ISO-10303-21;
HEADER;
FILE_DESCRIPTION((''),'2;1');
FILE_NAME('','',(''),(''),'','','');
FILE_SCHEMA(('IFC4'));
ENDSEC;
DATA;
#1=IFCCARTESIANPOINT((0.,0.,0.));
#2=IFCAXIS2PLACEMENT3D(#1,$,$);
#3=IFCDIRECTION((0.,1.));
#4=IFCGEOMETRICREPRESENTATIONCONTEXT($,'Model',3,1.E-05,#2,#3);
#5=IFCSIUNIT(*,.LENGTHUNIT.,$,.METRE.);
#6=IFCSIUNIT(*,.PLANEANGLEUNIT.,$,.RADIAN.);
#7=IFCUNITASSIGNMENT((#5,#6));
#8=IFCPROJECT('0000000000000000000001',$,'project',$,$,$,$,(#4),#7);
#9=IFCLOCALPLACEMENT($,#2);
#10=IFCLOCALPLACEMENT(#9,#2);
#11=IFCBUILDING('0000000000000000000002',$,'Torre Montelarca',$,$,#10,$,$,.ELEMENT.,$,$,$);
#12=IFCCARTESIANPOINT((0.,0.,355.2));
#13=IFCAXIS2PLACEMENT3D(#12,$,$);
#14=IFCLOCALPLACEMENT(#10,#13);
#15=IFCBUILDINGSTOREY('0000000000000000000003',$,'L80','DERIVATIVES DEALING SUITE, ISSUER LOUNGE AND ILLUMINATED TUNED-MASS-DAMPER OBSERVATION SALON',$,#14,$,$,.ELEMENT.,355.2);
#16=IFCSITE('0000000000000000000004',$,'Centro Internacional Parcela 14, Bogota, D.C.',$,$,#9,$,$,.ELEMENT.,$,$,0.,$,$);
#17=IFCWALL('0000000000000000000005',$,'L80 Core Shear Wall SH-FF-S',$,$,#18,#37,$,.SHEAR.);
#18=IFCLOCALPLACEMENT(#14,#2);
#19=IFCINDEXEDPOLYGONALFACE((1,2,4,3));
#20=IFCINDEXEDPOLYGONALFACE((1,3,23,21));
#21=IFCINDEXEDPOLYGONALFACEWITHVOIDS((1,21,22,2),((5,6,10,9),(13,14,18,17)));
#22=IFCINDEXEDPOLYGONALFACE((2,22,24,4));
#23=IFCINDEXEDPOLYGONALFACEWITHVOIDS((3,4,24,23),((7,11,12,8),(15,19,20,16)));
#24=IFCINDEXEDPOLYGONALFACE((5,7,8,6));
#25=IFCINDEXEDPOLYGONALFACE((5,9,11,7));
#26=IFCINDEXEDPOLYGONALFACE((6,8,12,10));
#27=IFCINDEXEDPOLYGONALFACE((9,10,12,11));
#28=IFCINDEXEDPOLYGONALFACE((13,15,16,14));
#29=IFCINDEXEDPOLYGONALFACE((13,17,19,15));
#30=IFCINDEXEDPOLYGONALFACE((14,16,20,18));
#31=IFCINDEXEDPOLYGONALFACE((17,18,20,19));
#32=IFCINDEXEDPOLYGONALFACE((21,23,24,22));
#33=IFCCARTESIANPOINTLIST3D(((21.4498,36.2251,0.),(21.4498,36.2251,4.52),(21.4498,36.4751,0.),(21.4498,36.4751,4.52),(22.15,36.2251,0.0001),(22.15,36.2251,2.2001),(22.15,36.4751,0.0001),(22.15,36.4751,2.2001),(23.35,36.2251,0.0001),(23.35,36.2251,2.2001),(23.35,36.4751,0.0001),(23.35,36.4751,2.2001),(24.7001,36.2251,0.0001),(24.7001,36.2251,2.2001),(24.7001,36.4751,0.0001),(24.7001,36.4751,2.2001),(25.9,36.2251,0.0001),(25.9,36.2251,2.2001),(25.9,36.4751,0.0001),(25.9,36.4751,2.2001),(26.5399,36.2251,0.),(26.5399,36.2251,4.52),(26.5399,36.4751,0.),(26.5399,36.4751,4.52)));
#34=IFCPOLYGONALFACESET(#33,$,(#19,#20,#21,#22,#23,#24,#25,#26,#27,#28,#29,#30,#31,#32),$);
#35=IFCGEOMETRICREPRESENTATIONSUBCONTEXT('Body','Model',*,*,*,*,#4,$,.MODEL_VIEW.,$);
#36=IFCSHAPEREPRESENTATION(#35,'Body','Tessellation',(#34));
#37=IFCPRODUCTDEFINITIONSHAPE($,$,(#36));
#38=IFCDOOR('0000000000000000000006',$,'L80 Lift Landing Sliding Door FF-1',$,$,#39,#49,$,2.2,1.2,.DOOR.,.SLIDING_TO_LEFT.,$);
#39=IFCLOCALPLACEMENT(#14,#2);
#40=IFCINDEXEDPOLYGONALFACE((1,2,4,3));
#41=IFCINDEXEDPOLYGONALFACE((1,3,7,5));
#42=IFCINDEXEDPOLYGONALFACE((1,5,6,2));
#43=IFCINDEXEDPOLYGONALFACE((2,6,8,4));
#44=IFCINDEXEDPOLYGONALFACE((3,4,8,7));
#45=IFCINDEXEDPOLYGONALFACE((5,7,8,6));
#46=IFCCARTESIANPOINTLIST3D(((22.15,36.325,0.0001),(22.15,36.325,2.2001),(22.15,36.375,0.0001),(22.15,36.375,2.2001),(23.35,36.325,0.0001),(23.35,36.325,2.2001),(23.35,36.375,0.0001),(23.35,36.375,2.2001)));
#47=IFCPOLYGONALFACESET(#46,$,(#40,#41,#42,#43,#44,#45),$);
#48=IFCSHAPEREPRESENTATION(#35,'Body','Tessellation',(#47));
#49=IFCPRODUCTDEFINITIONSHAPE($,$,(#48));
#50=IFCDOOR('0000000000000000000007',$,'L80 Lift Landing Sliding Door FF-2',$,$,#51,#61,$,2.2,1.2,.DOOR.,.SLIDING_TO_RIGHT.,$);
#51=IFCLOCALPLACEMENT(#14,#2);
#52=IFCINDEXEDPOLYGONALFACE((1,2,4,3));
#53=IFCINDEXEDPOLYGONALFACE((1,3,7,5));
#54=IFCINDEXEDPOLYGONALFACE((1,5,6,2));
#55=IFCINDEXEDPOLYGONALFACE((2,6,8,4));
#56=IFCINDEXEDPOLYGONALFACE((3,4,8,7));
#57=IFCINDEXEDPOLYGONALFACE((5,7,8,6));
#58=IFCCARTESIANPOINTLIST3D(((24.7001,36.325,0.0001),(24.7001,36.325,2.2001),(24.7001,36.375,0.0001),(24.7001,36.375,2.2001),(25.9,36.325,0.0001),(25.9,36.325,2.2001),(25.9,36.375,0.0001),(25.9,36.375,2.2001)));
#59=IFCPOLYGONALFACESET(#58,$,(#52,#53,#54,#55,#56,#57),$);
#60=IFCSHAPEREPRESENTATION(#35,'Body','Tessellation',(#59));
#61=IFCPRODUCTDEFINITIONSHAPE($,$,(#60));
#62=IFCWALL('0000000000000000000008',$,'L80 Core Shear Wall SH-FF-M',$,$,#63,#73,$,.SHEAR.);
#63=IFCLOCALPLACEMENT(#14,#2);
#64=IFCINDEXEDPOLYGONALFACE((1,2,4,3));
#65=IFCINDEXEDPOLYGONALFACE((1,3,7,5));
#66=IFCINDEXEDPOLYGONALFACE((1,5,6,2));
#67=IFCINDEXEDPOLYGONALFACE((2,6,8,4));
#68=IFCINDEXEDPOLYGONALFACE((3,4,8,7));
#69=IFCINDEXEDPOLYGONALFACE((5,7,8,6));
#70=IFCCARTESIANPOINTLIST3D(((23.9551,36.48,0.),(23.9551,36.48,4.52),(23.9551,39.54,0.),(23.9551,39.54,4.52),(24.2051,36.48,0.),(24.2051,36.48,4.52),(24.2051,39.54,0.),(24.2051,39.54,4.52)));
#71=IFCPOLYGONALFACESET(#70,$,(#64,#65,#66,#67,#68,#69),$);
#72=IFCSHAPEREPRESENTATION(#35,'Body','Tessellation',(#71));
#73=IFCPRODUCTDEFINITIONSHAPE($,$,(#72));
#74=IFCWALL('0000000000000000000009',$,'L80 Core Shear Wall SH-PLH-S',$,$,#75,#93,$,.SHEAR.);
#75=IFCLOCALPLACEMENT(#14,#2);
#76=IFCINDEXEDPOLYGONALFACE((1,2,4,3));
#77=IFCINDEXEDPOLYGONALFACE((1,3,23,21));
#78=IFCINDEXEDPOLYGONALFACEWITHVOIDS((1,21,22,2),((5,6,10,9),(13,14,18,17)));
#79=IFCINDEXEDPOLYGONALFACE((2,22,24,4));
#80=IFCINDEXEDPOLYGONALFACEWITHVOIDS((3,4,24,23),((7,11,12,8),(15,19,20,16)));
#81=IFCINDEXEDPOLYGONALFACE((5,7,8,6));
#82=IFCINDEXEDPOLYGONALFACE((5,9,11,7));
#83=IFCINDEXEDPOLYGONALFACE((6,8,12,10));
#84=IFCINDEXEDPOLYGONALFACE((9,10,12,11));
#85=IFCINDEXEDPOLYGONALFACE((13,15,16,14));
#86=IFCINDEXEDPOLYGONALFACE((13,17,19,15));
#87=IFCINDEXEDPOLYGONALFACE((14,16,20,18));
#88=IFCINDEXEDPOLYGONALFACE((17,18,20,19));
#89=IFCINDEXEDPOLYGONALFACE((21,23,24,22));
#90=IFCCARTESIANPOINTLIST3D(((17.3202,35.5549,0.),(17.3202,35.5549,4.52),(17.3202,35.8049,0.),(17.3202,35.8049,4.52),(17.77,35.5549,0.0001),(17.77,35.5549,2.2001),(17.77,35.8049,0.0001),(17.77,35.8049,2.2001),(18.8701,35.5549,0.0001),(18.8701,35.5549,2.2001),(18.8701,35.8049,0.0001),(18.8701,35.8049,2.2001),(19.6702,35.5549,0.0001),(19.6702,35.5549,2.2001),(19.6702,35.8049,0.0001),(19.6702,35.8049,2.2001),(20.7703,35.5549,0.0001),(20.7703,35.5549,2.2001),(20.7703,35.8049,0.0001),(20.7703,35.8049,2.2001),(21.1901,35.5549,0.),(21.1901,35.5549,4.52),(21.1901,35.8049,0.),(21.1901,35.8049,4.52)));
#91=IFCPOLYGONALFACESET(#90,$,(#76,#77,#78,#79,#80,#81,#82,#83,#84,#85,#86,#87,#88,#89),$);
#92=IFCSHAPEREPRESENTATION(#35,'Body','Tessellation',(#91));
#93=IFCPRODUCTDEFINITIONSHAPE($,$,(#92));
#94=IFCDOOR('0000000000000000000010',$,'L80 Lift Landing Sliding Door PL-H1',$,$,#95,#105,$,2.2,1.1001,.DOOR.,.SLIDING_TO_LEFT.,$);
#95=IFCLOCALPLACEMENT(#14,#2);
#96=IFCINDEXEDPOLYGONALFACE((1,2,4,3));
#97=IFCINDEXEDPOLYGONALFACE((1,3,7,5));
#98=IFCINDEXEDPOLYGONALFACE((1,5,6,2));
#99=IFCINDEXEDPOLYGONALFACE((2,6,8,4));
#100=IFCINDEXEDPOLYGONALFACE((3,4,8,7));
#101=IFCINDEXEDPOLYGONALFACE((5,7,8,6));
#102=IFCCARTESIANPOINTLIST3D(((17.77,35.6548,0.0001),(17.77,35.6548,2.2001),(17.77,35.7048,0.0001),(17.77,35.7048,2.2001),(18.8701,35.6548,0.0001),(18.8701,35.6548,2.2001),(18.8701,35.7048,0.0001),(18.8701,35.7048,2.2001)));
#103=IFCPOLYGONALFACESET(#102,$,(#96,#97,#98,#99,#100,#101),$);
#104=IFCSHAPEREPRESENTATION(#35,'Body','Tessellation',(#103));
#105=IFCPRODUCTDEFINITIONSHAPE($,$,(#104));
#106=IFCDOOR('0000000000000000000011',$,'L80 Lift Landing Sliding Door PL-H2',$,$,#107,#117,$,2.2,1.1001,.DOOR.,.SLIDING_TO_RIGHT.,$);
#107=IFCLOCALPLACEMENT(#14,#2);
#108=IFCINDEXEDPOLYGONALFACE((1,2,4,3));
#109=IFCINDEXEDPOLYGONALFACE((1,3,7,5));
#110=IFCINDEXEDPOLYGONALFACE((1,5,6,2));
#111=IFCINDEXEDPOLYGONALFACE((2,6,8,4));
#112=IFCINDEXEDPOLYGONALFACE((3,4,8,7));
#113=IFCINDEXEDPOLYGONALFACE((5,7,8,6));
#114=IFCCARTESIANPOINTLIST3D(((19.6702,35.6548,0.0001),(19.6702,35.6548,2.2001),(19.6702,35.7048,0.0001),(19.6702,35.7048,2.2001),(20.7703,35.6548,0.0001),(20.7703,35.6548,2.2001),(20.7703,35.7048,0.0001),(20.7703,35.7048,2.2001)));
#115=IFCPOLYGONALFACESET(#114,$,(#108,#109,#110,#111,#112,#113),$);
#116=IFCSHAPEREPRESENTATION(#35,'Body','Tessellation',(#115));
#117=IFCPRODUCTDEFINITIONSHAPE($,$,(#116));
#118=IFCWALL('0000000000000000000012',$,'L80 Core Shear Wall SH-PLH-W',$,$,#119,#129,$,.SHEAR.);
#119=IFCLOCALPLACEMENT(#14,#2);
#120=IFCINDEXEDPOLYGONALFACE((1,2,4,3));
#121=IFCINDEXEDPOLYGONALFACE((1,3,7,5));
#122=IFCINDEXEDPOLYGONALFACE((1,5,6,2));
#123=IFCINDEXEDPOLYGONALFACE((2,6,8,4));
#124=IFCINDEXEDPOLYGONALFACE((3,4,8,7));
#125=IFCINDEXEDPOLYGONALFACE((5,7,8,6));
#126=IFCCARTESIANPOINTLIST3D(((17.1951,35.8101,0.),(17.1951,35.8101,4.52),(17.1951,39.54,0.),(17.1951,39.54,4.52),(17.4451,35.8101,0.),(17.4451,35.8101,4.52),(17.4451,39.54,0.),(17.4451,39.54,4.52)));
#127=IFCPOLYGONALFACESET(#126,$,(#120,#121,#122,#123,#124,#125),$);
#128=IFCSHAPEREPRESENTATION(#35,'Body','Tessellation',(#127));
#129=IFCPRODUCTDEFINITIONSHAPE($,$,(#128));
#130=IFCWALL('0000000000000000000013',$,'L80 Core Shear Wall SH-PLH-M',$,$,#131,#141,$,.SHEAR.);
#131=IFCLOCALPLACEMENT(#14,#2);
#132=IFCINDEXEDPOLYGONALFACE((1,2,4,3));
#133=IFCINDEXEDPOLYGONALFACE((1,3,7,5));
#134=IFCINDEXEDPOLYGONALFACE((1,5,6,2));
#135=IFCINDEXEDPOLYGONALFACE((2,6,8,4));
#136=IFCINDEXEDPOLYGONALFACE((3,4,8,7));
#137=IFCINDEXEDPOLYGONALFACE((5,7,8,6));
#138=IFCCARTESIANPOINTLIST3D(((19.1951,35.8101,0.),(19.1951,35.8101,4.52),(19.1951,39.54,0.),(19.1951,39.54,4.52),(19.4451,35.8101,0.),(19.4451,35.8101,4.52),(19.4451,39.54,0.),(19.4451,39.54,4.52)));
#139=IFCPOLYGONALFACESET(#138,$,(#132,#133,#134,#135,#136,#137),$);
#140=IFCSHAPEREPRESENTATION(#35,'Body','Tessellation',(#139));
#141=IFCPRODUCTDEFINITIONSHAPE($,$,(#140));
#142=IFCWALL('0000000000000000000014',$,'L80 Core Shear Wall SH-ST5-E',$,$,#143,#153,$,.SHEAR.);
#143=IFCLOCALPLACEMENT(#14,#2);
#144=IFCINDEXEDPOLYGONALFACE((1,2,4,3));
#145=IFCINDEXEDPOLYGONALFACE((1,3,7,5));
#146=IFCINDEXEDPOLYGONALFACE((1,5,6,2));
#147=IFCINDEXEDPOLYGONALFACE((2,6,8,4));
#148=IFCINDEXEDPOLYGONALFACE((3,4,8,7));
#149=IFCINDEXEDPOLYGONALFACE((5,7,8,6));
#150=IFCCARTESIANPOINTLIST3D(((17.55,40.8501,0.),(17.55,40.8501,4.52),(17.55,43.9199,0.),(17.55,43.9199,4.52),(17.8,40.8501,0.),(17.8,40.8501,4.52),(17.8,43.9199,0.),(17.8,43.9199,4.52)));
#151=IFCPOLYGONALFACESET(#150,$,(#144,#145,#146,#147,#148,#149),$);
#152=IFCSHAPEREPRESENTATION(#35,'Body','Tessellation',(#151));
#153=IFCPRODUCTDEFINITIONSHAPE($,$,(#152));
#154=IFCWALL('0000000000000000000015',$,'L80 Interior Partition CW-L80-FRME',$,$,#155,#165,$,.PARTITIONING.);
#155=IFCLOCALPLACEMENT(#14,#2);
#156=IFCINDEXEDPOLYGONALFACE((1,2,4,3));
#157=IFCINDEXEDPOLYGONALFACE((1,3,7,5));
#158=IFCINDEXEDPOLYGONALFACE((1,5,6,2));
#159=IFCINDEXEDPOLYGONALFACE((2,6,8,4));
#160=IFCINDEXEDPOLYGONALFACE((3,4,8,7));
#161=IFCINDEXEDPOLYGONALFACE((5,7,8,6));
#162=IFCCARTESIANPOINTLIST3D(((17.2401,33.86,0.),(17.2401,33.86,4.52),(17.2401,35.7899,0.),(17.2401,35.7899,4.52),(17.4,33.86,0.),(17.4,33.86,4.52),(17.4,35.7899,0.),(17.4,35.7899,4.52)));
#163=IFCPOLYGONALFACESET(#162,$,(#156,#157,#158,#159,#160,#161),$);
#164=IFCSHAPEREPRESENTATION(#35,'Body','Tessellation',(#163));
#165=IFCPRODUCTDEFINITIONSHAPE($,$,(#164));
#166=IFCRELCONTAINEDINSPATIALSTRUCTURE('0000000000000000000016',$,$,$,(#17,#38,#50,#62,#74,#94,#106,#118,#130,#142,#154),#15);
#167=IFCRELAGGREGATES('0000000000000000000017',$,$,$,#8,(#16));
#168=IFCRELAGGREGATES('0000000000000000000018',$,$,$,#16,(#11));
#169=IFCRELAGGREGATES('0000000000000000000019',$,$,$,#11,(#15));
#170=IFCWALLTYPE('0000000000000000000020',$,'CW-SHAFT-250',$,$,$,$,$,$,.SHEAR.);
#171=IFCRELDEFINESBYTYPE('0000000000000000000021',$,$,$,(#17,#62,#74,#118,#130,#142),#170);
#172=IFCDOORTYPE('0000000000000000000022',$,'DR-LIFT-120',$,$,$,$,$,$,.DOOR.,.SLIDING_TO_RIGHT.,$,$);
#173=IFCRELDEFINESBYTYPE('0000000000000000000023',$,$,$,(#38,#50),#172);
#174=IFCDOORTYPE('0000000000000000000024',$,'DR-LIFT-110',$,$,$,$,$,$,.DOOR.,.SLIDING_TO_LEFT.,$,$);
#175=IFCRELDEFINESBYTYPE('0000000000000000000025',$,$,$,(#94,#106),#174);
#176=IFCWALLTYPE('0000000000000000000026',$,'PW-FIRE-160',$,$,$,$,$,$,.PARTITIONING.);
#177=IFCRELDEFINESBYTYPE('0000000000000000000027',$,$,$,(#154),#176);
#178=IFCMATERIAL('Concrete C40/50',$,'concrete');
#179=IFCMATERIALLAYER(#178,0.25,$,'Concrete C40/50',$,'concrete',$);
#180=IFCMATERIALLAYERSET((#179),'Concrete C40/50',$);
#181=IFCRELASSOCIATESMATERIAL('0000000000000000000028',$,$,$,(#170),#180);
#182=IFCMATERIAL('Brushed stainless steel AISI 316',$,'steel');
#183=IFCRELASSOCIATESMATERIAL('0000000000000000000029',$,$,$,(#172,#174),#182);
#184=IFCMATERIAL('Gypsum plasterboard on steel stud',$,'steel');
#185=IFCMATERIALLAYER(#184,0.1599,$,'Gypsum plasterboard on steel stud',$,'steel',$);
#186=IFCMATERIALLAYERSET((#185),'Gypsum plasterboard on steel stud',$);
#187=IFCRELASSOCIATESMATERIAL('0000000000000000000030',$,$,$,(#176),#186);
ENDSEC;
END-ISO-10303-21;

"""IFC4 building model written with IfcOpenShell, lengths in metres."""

from ifc_helpers import new_model, si_unit, direction, frame, frame_2d, origin, place, context, subcontext, project, spatial, rectangle, extrude, source, transform, mapped, material, layer, layer_set, type_object, element, fill, save


model = new_model("IFC4")

# Units and contexts
model_context = context("Model", 3, precision=1e-05, world=origin(), true_north=direction((0.0, 1.0)))
body_context = subcontext(model_context, "Body", "Model", "MODEL_VIEW")
ifc_project = project(units=[si_unit("LENGTHUNIT", "METRE"), si_unit("PLANEANGLEUNIT", "RADIAN")], contexts=[model_context])

# Site, building, storey
site_placement = place(None, origin())
site = spatial("IfcSite", under=ifc_project, at=site_placement, Name="Centro Internacional Parcela 14, Bogota, D.C.", CompositionType="ELEMENT", RefElevation=0.0)
building_placement = place(site_placement, origin())
building = spatial("IfcBuilding", under=site, at=building_placement, Name="Torre Montelarca", CompositionType="ELEMENT")
storey_placement = place(building_placement, frame((0.0, 0.0, 355.2)))
storey = spatial("IfcBuildingStorey", under=building, at=storey_placement, Name="L80", Description="DERIVATIVES DEALING SUITE, ISSUER LOUNGE AND ILLUMINATED TUNED-MASS-DAMPER OBSERVATION SALON", CompositionType="ELEMENT", Elevation=355.2)

# Shared definitions
ifc_material_1 = material(Name="Concrete C40/50", Category="concrete")
ifc_layer_1 = layer(ifc_material_1, 0.25, Name="Concrete C40/50", Category="concrete")
ifc_layer_set_1 = layer_set([ifc_layer_1], Name="Concrete C40/50")
wall_type_1 = type_object("IfcWallType", Name="CW-SHAFT-250", PredefinedType="SHEAR", material=ifc_layer_set_1)

# Wall, openings, doors
wall_1_placement = place(storey_placement, frame((21.45, 36.3501, 0.0), z_axis=(0.0, 0.0, 1.0), x_axis=(1.0, 0.0, 0.0)))
wall_1 = element("IfcWall", 1, at=wall_1_placement, inside=storey, type_object=wall_type_1, Name="L80 Core Shear Wall SH-FF-S", PredefinedType="SHEAR", context=body_context, shape_type="SweptSolid", body=[
    extrude(rectangle(XDim=5.0901, YDim=0.25, at=frame_2d((2.5449, 0.0))), origin(), (0.0, 0.0, 1.0), 4.52),
])
opening_1_placement = place(wall_1_placement, frame((0.7, 0.0, 0.0)))
opening_1 = element("IfcOpeningElement", 2, at=opening_1_placement, cuts=wall_1, PredefinedType="OPENING", context=body_context, shape_type="SweptSolid", body=[
    extrude(rectangle(XDim=1.2, YDim=2.2, at=frame_2d((0.6001, 1.1001))), frame((0.0, 0.135, 0.0), z_axis=(0.0, -1.0, 0.0), x_axis=(1.0, 0.0, 0.0)), (0.0, 0.0, 1.0), 0.27),
])
opening_2_placement = place(wall_1_placement, frame((3.25, 0.0, 0.0)))
opening_2 = element("IfcOpeningElement", 3, at=opening_2_placement, cuts=wall_1, PredefinedType="OPENING", context=body_context, shape_type="SweptSolid", body=[
    extrude(rectangle(XDim=1.2, YDim=2.2, at=frame_2d((0.6001, 1.1001))), frame((0.0, 0.135, 0.0), z_axis=(0.0, -1.0, 0.0), x_axis=(1.0, 0.0, 0.0)), (0.0, 0.0, 1.0), 0.27),
])
ifc_material_2 = material(Name="Brushed stainless steel AISI 316", Category="steel")
door_type_1 = type_object("IfcDoorType", Name="DR-LIFT-120", OperationType="SLIDING_TO_RIGHT", PredefinedType="DOOR", material=ifc_material_2)
shared_shape_1 = source(origin(), body_context, "Body", "SweptSolid", [
    extrude(rectangle(XDim=1.2, YDim=2.2, at=frame_2d((0.6001, 1.1001))), frame((0.0, 0.0249, 0.0), z_axis=(0.0, -1.0, 0.0), x_axis=(1.0, 0.0, 0.0)), (0.0, 0.0, 1.0), 0.05),
])
door_1_placement = place(opening_1_placement, origin())
door_1 = element("IfcDoor", 4, at=door_1_placement, inside=storey, type_object=door_type_1, Name="L80 Lift Landing Sliding Door FF-1", OperationType="SLIDING_TO_LEFT", OverallHeight=2.2, OverallWidth=1.2, PredefinedType="DOOR", context=body_context, shape_type="MappedRepresentation", body=[
    mapped(shared_shape_1, transform((0.0, 0.0, 0.0), scale=1.0)),
])
fill(opening_1, door_1)
door_2_placement = place(opening_2_placement, origin())
door_2 = element("IfcDoor", 5, at=door_2_placement, inside=storey, type_object=door_type_1, Name="L80 Lift Landing Sliding Door FF-2", OperationType="SLIDING_TO_RIGHT", OverallHeight=2.2, OverallWidth=1.2, PredefinedType="DOOR", context=body_context, shape_type="MappedRepresentation", body=[
    mapped(shared_shape_1, transform((0.0, 0.0, 0.0), scale=1.0)),
])
fill(opening_2, door_2)

# Wall
wall_2_placement = place(storey_placement, frame((24.0801, 36.48, 0.0), z_axis=(0.0, 0.0, 1.0), x_axis=(0.0, 1.0, 0.0)))
element("IfcWall", 6, at=wall_2_placement, inside=storey, type_object=wall_type_1, Name="L80 Core Shear Wall SH-FF-M", PredefinedType="SHEAR", context=body_context, shape_type="SweptSolid", body=[
    extrude(rectangle(XDim=3.0601, YDim=0.25, at=frame_2d((1.53, 0.0))), origin(), (0.0, 0.0, 1.0), 4.52),
])

# Wall, openings, doors
wall_3_placement = place(storey_placement, frame((17.3201, 35.6799, 0.0), z_axis=(0.0, 0.0, 1.0), x_axis=(1.0, 0.0, 0.0)))
wall_3 = element("IfcWall", 7, at=wall_3_placement, inside=storey, type_object=wall_type_1, Name="L80 Core Shear Wall SH-PLH-S", PredefinedType="SHEAR", context=body_context, shape_type="SweptSolid", body=[
    extrude(rectangle(XDim=3.8699, YDim=0.25, at=frame_2d((1.9351, 0.0))), origin(), (0.0, 0.0, 1.0), 4.52),
])
opening_3_placement = place(wall_3_placement, frame((0.45, 0.0, 0.0)))
opening_3 = element("IfcOpeningElement", 8, at=opening_3_placement, cuts=wall_3, PredefinedType="OPENING", context=body_context, shape_type="SweptSolid", body=[
    extrude(rectangle(XDim=1.1001, YDim=2.2, at=frame_2d((0.55, 1.1001))), frame((0.0, 0.135, 0.0), z_axis=(0.0, -1.0, 0.0), x_axis=(1.0, 0.0, 0.0)), (0.0, 0.0, 1.0), 0.27),
])
opening_4_placement = place(wall_3_placement, frame((2.3501, 0.0, 0.0)))
opening_4 = element("IfcOpeningElement", 9, at=opening_4_placement, cuts=wall_3, PredefinedType="OPENING", context=body_context, shape_type="SweptSolid", body=[
    extrude(rectangle(XDim=1.1001, YDim=2.2, at=frame_2d((0.55, 1.1001))), frame((0.0, 0.135, 0.0), z_axis=(0.0, -1.0, 0.0), x_axis=(1.0, 0.0, 0.0)), (0.0, 0.0, 1.0), 0.27),
])
door_type_2 = type_object("IfcDoorType", Name="DR-LIFT-110", OperationType="SLIDING_TO_LEFT", PredefinedType="DOOR", material=ifc_material_2)
shared_shape_2 = source(origin(), body_context, "Body", "SweptSolid", [
    extrude(rectangle(XDim=1.1001, YDim=2.2, at=frame_2d((0.55, 1.1001))), frame((0.0, 0.0249, 0.0), z_axis=(0.0, -1.0, 0.0), x_axis=(1.0, 0.0, 0.0)), (0.0, 0.0, 1.0), 0.05),
])
door_3_placement = place(opening_3_placement, origin())
door_3 = element("IfcDoor", 10, at=door_3_placement, inside=storey, type_object=door_type_2, Name="L80 Lift Landing Sliding Door PL-H1", OperationType="SLIDING_TO_LEFT", OverallHeight=2.2, OverallWidth=1.1001, PredefinedType="DOOR", context=body_context, shape_type="MappedRepresentation", body=[
    mapped(shared_shape_2, transform((0.0, 0.0, 0.0), scale=1.0)),
])
fill(opening_3, door_3)
door_4_placement = place(opening_4_placement, origin())
door_4 = element("IfcDoor", 11, at=door_4_placement, inside=storey, type_object=door_type_2, Name="L80 Lift Landing Sliding Door PL-H2", OperationType="SLIDING_TO_RIGHT", OverallHeight=2.2, OverallWidth=1.1001, PredefinedType="DOOR", context=body_context, shape_type="MappedRepresentation", body=[
    mapped(shared_shape_2, transform((0.0, 0.0, 0.0), scale=1.0)),
])
fill(opening_4, door_4)

# Walls
for number, where, z_axis, x_axis, name in (
    (12, (17.3201, 35.8101, 0.0), (0.0, 0.0, 1.0), (0.0, 1.0, 0.0), "L80 Core Shear Wall SH-PLH-W"),
    (13, (19.3201, 35.8101, 0.0), (0.0, 0.0, 1.0), (0.0, 1.0, 0.0), "L80 Core Shear Wall SH-PLH-M"),
):
    element("IfcWall", number, at=place(storey_placement, frame(where, z_axis=z_axis, x_axis=x_axis)), inside=storey, type_object=wall_type_1, Name=name, PredefinedType="SHEAR", context=body_context, shape_type="SweptSolid", body=[
        extrude(rectangle(XDim=3.73, YDim=0.25, at=frame_2d((1.865, 0.0))), origin(), (0.0, 0.0, 1.0), 4.52),
    ])
wall_4_placement = place(storey_placement, frame((17.675, 40.8501, 0.0), z_axis=(0.0, 0.0, 1.0), x_axis=(0.0, 1.0, 0.0)))
element("IfcWall", 14, at=wall_4_placement, inside=storey, type_object=wall_type_1, Name="L80 Core Shear Wall SH-ST5-E", PredefinedType="SHEAR", context=body_context, shape_type="SweptSolid", body=[
    extrude(rectangle(XDim=3.0698, YDim=0.25, at=frame_2d((1.5349, 0.0))), origin(), (0.0, 0.0, 1.0), 4.52),
])
ifc_material_3 = material(Name="Gypsum plasterboard on steel stud", Category="steel")
ifc_layer_2 = layer(ifc_material_3, 0.1599, Name="Gypsum plasterboard on steel stud", Category="steel")
ifc_layer_set_2 = layer_set([ifc_layer_2], Name="Gypsum plasterboard on steel stud")
wall_type_2 = type_object("IfcWallType", Name="PW-FIRE-160", PredefinedType="PARTITIONING", material=ifc_layer_set_2)
wall_5_placement = place(storey_placement, frame((17.3201, 33.8601, 0.0), z_axis=(0.0, 0.0, 1.0), x_axis=(0.0, 1.0, 0.0)))
element("IfcWall", 15, at=wall_5_placement, inside=storey, type_object=wall_type_2, Name="L80 Interior Partition CW-L80-FRME", PredefinedType="PARTITIONING", context=body_context, shape_type="SweptSolid", body=[
    extrude(rectangle(XDim=1.9299, YDim=0.1599, at=frame_2d((0.9648, 0.0))), origin(), (0.0, 0.0, 1.0), 4.52),
])

save(model, "model.ifc")
